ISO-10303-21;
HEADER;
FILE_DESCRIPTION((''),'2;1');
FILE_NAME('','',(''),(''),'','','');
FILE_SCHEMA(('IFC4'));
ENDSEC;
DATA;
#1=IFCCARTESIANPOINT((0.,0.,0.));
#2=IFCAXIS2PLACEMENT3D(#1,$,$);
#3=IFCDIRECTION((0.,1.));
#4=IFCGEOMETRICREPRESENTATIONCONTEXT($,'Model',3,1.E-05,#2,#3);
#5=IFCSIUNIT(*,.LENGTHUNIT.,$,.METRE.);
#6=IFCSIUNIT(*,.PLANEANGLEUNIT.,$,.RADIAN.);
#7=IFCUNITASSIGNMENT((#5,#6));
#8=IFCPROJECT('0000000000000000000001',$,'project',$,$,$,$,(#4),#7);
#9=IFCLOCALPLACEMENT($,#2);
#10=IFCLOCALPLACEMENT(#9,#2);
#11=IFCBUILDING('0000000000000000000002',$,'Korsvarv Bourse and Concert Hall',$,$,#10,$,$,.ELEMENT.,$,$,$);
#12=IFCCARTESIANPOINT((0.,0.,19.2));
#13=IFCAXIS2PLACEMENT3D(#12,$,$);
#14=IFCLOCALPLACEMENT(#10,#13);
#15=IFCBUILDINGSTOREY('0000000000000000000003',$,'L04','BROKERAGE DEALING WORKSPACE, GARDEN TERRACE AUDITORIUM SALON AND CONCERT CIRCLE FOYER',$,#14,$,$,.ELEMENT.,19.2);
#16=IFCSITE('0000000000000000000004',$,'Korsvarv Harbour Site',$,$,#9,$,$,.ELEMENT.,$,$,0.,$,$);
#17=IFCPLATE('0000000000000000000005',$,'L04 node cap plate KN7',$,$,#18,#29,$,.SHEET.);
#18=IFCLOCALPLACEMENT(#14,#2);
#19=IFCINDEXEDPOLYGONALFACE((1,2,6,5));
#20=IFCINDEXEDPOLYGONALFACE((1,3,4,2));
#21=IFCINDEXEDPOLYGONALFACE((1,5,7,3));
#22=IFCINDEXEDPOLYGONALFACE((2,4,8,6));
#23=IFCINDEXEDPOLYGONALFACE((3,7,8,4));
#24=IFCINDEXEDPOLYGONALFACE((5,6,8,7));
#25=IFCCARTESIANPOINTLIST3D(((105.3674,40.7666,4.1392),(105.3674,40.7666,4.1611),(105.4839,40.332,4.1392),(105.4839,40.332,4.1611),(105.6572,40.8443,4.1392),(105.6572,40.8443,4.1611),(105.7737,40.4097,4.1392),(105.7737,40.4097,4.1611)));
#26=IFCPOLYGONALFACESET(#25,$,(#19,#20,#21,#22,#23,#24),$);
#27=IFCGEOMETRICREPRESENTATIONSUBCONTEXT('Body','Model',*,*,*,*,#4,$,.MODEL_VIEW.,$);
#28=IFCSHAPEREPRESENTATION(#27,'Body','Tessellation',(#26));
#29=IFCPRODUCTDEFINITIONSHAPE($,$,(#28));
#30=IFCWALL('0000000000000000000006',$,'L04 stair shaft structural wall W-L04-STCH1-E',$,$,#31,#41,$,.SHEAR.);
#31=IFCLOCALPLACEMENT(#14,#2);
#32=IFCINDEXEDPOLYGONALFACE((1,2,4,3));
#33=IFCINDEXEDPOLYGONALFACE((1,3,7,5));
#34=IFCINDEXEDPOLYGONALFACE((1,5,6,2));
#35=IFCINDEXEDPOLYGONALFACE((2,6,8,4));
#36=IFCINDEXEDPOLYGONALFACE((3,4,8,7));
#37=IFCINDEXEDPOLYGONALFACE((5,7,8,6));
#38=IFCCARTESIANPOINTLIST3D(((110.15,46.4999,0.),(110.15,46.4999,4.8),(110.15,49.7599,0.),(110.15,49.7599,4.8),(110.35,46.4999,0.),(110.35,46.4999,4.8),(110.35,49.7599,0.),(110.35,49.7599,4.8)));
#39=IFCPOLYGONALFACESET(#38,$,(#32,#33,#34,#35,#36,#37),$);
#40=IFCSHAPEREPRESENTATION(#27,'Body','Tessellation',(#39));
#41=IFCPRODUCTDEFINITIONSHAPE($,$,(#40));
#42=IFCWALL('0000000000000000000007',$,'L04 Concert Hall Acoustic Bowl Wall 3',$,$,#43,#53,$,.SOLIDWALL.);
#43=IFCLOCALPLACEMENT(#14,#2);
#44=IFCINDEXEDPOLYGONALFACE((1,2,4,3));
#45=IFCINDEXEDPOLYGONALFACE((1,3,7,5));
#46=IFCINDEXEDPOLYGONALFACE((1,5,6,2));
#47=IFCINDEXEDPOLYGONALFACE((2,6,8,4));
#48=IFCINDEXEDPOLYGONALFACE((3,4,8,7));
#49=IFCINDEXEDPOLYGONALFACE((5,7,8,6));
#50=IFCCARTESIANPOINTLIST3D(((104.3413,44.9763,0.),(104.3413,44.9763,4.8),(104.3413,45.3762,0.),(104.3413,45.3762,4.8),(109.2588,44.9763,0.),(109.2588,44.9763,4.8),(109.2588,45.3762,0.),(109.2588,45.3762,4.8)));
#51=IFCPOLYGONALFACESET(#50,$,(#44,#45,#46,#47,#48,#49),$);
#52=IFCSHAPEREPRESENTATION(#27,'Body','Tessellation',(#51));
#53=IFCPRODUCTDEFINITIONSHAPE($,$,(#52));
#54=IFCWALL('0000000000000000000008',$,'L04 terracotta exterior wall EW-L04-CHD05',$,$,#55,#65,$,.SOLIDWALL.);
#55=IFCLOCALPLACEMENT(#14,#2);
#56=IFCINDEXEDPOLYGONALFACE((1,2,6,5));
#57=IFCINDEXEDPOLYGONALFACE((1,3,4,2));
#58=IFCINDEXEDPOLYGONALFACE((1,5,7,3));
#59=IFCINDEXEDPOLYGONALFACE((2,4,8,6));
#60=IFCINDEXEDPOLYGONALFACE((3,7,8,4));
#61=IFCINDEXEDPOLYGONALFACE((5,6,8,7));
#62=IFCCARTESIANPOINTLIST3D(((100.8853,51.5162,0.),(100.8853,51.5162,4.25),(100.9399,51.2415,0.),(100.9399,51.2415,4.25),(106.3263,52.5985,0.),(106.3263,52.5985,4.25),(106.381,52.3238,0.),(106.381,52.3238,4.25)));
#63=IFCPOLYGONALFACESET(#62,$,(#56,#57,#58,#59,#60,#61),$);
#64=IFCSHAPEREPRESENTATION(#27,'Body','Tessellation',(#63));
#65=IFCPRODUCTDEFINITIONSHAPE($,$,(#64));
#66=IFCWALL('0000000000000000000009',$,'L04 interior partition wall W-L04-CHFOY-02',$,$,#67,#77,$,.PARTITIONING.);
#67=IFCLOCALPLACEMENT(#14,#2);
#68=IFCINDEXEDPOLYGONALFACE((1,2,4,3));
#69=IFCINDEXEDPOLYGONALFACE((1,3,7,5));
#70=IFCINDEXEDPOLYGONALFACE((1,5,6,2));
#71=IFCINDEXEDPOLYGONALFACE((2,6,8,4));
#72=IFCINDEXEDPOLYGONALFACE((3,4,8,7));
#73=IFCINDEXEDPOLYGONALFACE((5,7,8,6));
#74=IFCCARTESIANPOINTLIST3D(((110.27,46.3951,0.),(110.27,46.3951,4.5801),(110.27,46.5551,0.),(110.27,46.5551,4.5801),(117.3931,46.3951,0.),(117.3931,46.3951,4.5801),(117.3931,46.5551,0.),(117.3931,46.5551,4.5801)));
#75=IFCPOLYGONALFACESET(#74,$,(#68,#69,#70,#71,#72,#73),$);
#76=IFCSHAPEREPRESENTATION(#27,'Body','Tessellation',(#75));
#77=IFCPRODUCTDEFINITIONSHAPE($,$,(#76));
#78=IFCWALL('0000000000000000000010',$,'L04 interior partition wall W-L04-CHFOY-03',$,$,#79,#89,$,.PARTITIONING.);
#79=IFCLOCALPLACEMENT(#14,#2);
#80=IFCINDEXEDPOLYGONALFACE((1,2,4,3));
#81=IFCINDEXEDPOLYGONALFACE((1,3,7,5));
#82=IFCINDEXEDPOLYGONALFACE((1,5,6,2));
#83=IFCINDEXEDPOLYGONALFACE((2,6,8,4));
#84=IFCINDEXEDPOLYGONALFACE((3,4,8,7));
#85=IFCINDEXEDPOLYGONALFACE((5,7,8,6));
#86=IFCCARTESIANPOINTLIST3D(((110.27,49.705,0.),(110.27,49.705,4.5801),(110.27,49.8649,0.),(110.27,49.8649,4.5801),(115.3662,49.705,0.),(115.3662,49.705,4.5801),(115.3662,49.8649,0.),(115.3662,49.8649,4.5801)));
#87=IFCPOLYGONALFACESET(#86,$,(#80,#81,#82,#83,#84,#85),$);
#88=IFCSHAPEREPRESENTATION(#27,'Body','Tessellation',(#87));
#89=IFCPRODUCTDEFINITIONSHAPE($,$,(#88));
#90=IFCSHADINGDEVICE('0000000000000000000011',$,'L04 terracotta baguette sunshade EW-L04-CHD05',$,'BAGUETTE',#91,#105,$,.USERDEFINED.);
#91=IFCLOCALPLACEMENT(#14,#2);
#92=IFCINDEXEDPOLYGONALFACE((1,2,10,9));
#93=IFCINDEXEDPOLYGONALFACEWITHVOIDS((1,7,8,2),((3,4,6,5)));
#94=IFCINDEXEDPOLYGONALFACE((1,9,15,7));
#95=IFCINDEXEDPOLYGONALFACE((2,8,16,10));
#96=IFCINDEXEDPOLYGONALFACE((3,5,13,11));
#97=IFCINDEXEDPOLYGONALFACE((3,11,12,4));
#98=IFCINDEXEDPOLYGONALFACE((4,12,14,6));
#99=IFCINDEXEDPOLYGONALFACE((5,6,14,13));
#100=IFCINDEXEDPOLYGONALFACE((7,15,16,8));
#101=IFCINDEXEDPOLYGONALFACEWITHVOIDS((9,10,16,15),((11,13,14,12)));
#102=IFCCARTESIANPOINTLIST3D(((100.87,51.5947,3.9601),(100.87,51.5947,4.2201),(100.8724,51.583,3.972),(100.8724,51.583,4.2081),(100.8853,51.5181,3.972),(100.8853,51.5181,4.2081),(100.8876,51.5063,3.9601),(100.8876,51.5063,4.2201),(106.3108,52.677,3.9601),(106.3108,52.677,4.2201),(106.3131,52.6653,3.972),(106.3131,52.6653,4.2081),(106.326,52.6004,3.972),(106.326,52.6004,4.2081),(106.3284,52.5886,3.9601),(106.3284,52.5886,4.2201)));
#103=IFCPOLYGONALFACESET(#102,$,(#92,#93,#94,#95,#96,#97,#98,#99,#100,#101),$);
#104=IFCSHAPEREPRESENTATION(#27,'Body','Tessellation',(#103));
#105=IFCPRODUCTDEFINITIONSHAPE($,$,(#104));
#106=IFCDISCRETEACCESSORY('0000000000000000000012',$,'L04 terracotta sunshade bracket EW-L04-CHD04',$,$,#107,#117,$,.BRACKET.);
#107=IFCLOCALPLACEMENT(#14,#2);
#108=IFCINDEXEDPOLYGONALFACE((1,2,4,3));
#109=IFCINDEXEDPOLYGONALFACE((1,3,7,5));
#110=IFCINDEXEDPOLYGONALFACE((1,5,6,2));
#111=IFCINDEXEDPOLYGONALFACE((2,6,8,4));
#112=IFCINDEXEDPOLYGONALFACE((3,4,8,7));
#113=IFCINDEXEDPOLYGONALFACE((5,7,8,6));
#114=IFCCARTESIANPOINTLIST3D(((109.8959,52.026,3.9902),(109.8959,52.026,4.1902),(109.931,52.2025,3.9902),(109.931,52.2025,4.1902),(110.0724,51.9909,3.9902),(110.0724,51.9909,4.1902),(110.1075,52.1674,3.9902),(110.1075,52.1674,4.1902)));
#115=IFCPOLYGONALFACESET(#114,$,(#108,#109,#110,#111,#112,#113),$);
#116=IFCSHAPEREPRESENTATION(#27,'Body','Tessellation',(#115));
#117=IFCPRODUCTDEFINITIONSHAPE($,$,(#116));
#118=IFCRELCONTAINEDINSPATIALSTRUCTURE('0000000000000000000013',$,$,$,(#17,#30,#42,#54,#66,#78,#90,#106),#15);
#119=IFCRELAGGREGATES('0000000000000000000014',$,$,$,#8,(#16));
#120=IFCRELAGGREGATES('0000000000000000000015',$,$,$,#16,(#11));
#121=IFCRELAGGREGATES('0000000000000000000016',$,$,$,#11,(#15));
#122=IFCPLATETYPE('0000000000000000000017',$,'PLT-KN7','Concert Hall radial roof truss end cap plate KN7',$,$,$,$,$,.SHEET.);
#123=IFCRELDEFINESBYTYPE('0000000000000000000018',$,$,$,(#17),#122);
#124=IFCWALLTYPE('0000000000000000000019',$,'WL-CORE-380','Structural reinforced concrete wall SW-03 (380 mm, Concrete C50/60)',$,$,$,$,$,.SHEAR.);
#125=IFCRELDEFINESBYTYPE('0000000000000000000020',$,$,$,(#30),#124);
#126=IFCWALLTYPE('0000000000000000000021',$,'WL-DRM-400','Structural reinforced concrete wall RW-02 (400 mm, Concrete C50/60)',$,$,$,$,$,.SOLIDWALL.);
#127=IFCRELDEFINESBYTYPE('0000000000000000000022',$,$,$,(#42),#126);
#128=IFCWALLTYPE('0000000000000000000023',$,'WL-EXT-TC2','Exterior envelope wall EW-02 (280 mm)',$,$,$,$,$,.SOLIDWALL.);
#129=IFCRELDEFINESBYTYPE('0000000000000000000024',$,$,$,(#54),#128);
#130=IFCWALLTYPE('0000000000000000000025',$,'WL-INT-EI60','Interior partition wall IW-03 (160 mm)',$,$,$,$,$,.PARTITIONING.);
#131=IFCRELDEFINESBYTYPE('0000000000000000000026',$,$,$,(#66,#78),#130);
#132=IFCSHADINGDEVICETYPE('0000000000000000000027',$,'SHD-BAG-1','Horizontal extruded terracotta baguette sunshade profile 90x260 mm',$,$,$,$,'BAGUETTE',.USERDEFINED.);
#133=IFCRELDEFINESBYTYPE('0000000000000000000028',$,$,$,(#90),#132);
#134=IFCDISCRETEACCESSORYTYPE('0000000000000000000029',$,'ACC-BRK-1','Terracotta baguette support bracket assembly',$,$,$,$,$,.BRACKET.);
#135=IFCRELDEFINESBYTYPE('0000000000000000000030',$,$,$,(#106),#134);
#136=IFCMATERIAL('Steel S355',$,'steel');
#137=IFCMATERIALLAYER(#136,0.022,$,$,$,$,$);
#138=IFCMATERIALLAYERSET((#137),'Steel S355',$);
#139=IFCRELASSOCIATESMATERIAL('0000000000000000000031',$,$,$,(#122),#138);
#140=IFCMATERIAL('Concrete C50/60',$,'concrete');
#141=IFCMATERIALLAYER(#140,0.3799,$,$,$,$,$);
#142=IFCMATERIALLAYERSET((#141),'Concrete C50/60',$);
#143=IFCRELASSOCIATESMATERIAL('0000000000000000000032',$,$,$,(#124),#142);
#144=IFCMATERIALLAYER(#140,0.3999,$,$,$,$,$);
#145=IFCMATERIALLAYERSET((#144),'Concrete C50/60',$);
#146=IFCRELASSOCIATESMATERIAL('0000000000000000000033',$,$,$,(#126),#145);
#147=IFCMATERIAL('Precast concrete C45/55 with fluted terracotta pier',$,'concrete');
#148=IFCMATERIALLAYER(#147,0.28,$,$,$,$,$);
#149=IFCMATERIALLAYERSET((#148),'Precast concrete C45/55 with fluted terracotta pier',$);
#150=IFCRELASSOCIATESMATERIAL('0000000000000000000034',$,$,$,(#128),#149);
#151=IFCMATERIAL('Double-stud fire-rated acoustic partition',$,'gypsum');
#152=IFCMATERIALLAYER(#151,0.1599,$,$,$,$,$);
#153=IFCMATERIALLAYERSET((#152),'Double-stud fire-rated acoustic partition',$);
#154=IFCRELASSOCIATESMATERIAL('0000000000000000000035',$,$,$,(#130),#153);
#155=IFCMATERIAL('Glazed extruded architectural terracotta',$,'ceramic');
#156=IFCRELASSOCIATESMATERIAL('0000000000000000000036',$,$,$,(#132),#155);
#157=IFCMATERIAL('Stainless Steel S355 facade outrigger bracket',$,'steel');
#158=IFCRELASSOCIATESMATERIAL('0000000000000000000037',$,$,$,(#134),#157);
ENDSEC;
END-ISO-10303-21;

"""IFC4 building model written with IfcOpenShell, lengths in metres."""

from ifc_helpers import new_model, si_unit, direction, frame, frame_2d, origin, origin_2d, place, context, subcontext, project, spatial, rectangle, hollow_rectangle, extrude, source, transform, mapped, material, layer, layer_set, material_profile, profile_set, type_object, element, save


model = new_model("IFC4")

# Units and contexts
model_context = context("Model", 3, precision=1e-05, world=origin(), true_north=direction((0.0, 1.0)))
body_context = subcontext(model_context, "Body", "Model", "MODEL_VIEW")
ifc_project = project(units=[si_unit("LENGTHUNIT", "METRE"), si_unit("PLANEANGLEUNIT", "RADIAN")], contexts=[model_context])

# Site, building, storey
site_placement = place(None, origin())
site = spatial("IfcSite", under=ifc_project, at=site_placement, Name="Korsvarv Harbour Site", CompositionType="ELEMENT", RefElevation=0.0)
building_placement = place(site_placement, origin())
building = spatial("IfcBuilding", under=site, at=building_placement, Name="Korsvarv Bourse and Concert Hall", CompositionType="ELEMENT")
storey_placement = place(building_placement, frame((0.0, 0.0, 19.2)))
storey = spatial("IfcBuildingStorey", under=building, at=storey_placement, Name="L04", Description="BROKERAGE DEALING WORKSPACE, GARDEN TERRACE AUDITORIUM SALON AND CONCERT CIRCLE FOYER", CompositionType="ELEMENT", Elevation=19.2)

# Shared definitions
ifc_material_1 = material(Name="Concrete C50/60", Category="concrete")

# Shared definitions
ifc_material_2 = material(Name="Steel S355", Category="steel")

# Plate
ifc_layer_1 = layer(ifc_material_2, 0.022)
ifc_layer_set_1 = layer_set([ifc_layer_1], Name="Steel S355")
plate_type = type_object("IfcPlateType", Name="PLT-KN7", Description="Concert Hall radial roof truss end cap plate KN7", PredefinedType="SHEET", material=ifc_layer_set_1)
shared_shape_1 = source(origin(), body_context, "Body", "SweptSolid", [
    extrude(rectangle(XDim=0.45, YDim=0.3, at=origin_2d()), origin(), (0.0, 0.0, 1.0), 0.022),
])
for number, where, z_axis, x_axis, name in (
    (1, (105.5706, 40.5881, 4.1392), (0.0, 0.0, 1.0), (-0.258819, 0.965926, 0.0), "L04 node cap plate KN7"),
):
    element("IfcPlate", number, at=place(storey_placement, frame(where, z_axis=z_axis, x_axis=x_axis)), inside=storey, type_object=plate_type, Name=name, PredefinedType="SHEET", context=body_context, shape_type="MappedRepresentation", body=[
        mapped(shared_shape_1, transform((0.0, 0.0, 0.0), scale=1.0)),
    ])

# Walls
ifc_layer_2 = layer(ifc_material_1, 0.3799)
ifc_layer_set_2 = layer_set([ifc_layer_2], Name="Concrete C50/60")
wall_type_1 = type_object("IfcWallType", Name="WL-CORE-380", Description="Structural reinforced concrete wall SW-03 (380 mm, Concrete C50/60)", PredefinedType="SHEAR", material=ifc_layer_set_2)
wall_1_placement = place(storey_placement, frame((110.25, 46.5, 0.0), z_axis=(0.0, 0.0, 1.0), x_axis=(0.0, 1.0, 0.0)))
element("IfcWall", 2, at=wall_1_placement, inside=storey, type_object=wall_type_1, Name="L04 stair shaft structural wall W-L04-STCH1-E", PredefinedType="SHEAR", context=body_context, shape_type="SweptSolid", body=[
    extrude(rectangle(XDim=3.26, YDim=0.2, at=frame_2d((1.6299, 0.0))), origin(), (0.0, 0.0, 1.0), 4.8),
])
ifc_layer_3 = layer(ifc_material_1, 0.3999)
ifc_layer_set_3 = layer_set([ifc_layer_3], Name="Concrete C50/60")
wall_type_2 = type_object("IfcWallType", Name="WL-DRM-400", Description="Structural reinforced concrete wall RW-02 (400 mm, Concrete C50/60)", PredefinedType="SOLIDWALL", material=ifc_layer_set_3)
wall_2_placement = place(storey_placement, frame((109.2588, 45.1763, 0.0), z_axis=(0.0, 0.0, 1.0), x_axis=(-1.0, 0.0, 0.0)))
element("IfcWall", 3, at=wall_2_placement, inside=storey, type_object=wall_type_2, Name="L04 Concert Hall Acoustic Bowl Wall 3", PredefinedType="SOLIDWALL", context=body_context, shape_type="SweptSolid", body=[
    extrude(rectangle(XDim=4.9175, YDim=0.3999, at=frame_2d((2.4587, 0.0))), origin(), (0.0, 0.0, 1.0), 4.8),
])
ifc_material_3 = material(Name="Precast concrete C45/55 with fluted terracotta pier", Category="concrete")
ifc_layer_4 = layer(ifc_material_3, 0.28)
ifc_layer_set_4 = layer_set([ifc_layer_4], Name="Precast concrete C45/55 with fluted terracotta pier")
wall_type_3 = type_object("IfcWallType", Name="WL-EXT-TC2", Description="Exterior envelope wall EW-02 (280 mm)", PredefinedType="SOLIDWALL", material=ifc_layer_set_4)
wall_3_placement = place(storey_placement, frame((106.3538, 52.4612, 0.0), z_axis=(0.0, 0.0, 1.0), x_axis=(-0.980785, -0.195092, 0.0)))
element("IfcWall", 4, at=wall_3_placement, inside=storey, type_object=wall_type_3, Name="L04 terracotta exterior wall EW-L04-CHD05", PredefinedType="SOLIDWALL", context=body_context, shape_type="SweptSolid", body=[
    extrude(rectangle(XDim=5.5476, YDim=0.28, at=frame_2d((2.7739, 0.0))), origin(), (0.0, 0.0, 1.0), 4.25),
])
ifc_material_4 = material(Name="Double-stud fire-rated acoustic partition", Category="gypsum")
ifc_layer_5 = layer(ifc_material_4, 0.1599)
ifc_layer_set_5 = layer_set([ifc_layer_5], Name="Double-stud fire-rated acoustic partition")
wall_type_4 = type_object("IfcWallType", Name="WL-INT-EI60", Description="Interior partition wall IW-03 (160 mm)", PredefinedType="PARTITIONING", material=ifc_layer_set_5)
wall_4_placement = place(storey_placement, frame((110.27, 46.4751, 0.0), z_axis=(0.0, 0.0, 1.0), x_axis=(1.0, 0.0, 0.0)))
element("IfcWall", 5, at=wall_4_placement, inside=storey, type_object=wall_type_4, Name="L04 interior partition wall W-L04-CHFOY-02", PredefinedType="PARTITIONING", context=body_context, shape_type="SweptSolid", body=[
    extrude(rectangle(XDim=7.123, YDim=0.1599, at=frame_2d((3.5615, 0.0))), origin(), (0.0, 0.0, 1.0), 4.5801),
])
wall_5_placement = place(storey_placement, frame((110.27, 49.7849, 0.0), z_axis=(0.0, 0.0, 1.0), x_axis=(1.0, 0.0, 0.0)))
element("IfcWall", 6, at=wall_5_placement, inside=storey, type_object=wall_type_4, Name="L04 interior partition wall W-L04-CHFOY-03", PredefinedType="PARTITIONING", context=body_context, shape_type="SweptSolid", body=[
    extrude(rectangle(XDim=5.0962, YDim=0.1599, at=frame_2d((2.5481, 0.0))), origin(), (0.0, 0.0, 1.0), 4.5801),
])

# Shading device
ifc_material_5 = material(Name="Glazed extruded architectural terracotta", Category="ceramic")
ifc_material_profile_1 = material_profile(ifc_material_5, hollow_rectangle(XDim=0.0901, YDim=0.26, WallThickness=0.012, at=origin_2d()), Name="TC-BAG 90x260")
ifc_profile_set_1 = profile_set([ifc_material_profile_1], Name="Glazed extruded architectural terracotta")
shading_device_type = type_object("IfcShadingDeviceType", Name="SHD-BAG-1", Description="Horizontal extruded terracotta baguette sunshade profile 90x260 mm", ElementType="BAGUETTE", PredefinedType="USERDEFINED", material=ifc_profile_set_1)
shared_shape_2 = source(origin(), body_context, "Body", "SweptSolid", [
    extrude(hollow_rectangle(XDim=0.0901, YDim=0.26, WallThickness=0.012, at=origin_2d()), origin(), (0.0, 0.0, 1.0), 5.5474),
])
shading_device_placement = place(storey_placement, frame((106.3196, 52.6328, 4.0901), z_axis=(-0.980783, -0.1951, 0.0), x_axis=(0.1951, -0.980783, 0.0)))
element("IfcShadingDevice", 7, at=shading_device_placement, inside=storey, type_object=shading_device_type, Name="L04 terracotta baguette sunshade EW-L04-CHD05", ObjectType="BAGUETTE", PredefinedType="USERDEFINED", context=body_context, shape_type="MappedRepresentation", body=[
    mapped(shared_shape_2, transform((0.0, 0.0, 0.0), scale=1.0)),
])

# Discrete accessory
ifc_material_6 = material(Name="Stainless Steel S355 facade outrigger bracket", Category="steel")
discrete_accessory_type = type_object("IfcDiscreteAccessoryType", Name="ACC-BRK-1", Description="Terracotta baguette support bracket assembly", PredefinedType="BRACKET", material=ifc_material_6)
shared_shape_3 = source(origin(), body_context, "Body", "SweptSolid", [
    extrude(rectangle(XDim=0.1799, YDim=0.1799, at=origin_2d()), origin(), (0.0, 0.0, 1.0), 0.2),
])
discrete_accessory_placement = place(storey_placement, frame((110.0017, 52.0967, 3.9902), z_axis=(0.0, 0.0, 1.0), x_axis=(-0.980785, 0.19509, 0.0)))
element("IfcDiscreteAccessory", 8, at=discrete_accessory_placement, inside=storey, type_object=discrete_accessory_type, Name="L04 terracotta sunshade bracket EW-L04-CHD04", PredefinedType="BRACKET", context=body_context, shape_type="MappedRepresentation", body=[
    mapped(shared_shape_3, transform((0.0, 0.0, 0.0), scale=1.0)),
])

save(model, "model.ifc")
